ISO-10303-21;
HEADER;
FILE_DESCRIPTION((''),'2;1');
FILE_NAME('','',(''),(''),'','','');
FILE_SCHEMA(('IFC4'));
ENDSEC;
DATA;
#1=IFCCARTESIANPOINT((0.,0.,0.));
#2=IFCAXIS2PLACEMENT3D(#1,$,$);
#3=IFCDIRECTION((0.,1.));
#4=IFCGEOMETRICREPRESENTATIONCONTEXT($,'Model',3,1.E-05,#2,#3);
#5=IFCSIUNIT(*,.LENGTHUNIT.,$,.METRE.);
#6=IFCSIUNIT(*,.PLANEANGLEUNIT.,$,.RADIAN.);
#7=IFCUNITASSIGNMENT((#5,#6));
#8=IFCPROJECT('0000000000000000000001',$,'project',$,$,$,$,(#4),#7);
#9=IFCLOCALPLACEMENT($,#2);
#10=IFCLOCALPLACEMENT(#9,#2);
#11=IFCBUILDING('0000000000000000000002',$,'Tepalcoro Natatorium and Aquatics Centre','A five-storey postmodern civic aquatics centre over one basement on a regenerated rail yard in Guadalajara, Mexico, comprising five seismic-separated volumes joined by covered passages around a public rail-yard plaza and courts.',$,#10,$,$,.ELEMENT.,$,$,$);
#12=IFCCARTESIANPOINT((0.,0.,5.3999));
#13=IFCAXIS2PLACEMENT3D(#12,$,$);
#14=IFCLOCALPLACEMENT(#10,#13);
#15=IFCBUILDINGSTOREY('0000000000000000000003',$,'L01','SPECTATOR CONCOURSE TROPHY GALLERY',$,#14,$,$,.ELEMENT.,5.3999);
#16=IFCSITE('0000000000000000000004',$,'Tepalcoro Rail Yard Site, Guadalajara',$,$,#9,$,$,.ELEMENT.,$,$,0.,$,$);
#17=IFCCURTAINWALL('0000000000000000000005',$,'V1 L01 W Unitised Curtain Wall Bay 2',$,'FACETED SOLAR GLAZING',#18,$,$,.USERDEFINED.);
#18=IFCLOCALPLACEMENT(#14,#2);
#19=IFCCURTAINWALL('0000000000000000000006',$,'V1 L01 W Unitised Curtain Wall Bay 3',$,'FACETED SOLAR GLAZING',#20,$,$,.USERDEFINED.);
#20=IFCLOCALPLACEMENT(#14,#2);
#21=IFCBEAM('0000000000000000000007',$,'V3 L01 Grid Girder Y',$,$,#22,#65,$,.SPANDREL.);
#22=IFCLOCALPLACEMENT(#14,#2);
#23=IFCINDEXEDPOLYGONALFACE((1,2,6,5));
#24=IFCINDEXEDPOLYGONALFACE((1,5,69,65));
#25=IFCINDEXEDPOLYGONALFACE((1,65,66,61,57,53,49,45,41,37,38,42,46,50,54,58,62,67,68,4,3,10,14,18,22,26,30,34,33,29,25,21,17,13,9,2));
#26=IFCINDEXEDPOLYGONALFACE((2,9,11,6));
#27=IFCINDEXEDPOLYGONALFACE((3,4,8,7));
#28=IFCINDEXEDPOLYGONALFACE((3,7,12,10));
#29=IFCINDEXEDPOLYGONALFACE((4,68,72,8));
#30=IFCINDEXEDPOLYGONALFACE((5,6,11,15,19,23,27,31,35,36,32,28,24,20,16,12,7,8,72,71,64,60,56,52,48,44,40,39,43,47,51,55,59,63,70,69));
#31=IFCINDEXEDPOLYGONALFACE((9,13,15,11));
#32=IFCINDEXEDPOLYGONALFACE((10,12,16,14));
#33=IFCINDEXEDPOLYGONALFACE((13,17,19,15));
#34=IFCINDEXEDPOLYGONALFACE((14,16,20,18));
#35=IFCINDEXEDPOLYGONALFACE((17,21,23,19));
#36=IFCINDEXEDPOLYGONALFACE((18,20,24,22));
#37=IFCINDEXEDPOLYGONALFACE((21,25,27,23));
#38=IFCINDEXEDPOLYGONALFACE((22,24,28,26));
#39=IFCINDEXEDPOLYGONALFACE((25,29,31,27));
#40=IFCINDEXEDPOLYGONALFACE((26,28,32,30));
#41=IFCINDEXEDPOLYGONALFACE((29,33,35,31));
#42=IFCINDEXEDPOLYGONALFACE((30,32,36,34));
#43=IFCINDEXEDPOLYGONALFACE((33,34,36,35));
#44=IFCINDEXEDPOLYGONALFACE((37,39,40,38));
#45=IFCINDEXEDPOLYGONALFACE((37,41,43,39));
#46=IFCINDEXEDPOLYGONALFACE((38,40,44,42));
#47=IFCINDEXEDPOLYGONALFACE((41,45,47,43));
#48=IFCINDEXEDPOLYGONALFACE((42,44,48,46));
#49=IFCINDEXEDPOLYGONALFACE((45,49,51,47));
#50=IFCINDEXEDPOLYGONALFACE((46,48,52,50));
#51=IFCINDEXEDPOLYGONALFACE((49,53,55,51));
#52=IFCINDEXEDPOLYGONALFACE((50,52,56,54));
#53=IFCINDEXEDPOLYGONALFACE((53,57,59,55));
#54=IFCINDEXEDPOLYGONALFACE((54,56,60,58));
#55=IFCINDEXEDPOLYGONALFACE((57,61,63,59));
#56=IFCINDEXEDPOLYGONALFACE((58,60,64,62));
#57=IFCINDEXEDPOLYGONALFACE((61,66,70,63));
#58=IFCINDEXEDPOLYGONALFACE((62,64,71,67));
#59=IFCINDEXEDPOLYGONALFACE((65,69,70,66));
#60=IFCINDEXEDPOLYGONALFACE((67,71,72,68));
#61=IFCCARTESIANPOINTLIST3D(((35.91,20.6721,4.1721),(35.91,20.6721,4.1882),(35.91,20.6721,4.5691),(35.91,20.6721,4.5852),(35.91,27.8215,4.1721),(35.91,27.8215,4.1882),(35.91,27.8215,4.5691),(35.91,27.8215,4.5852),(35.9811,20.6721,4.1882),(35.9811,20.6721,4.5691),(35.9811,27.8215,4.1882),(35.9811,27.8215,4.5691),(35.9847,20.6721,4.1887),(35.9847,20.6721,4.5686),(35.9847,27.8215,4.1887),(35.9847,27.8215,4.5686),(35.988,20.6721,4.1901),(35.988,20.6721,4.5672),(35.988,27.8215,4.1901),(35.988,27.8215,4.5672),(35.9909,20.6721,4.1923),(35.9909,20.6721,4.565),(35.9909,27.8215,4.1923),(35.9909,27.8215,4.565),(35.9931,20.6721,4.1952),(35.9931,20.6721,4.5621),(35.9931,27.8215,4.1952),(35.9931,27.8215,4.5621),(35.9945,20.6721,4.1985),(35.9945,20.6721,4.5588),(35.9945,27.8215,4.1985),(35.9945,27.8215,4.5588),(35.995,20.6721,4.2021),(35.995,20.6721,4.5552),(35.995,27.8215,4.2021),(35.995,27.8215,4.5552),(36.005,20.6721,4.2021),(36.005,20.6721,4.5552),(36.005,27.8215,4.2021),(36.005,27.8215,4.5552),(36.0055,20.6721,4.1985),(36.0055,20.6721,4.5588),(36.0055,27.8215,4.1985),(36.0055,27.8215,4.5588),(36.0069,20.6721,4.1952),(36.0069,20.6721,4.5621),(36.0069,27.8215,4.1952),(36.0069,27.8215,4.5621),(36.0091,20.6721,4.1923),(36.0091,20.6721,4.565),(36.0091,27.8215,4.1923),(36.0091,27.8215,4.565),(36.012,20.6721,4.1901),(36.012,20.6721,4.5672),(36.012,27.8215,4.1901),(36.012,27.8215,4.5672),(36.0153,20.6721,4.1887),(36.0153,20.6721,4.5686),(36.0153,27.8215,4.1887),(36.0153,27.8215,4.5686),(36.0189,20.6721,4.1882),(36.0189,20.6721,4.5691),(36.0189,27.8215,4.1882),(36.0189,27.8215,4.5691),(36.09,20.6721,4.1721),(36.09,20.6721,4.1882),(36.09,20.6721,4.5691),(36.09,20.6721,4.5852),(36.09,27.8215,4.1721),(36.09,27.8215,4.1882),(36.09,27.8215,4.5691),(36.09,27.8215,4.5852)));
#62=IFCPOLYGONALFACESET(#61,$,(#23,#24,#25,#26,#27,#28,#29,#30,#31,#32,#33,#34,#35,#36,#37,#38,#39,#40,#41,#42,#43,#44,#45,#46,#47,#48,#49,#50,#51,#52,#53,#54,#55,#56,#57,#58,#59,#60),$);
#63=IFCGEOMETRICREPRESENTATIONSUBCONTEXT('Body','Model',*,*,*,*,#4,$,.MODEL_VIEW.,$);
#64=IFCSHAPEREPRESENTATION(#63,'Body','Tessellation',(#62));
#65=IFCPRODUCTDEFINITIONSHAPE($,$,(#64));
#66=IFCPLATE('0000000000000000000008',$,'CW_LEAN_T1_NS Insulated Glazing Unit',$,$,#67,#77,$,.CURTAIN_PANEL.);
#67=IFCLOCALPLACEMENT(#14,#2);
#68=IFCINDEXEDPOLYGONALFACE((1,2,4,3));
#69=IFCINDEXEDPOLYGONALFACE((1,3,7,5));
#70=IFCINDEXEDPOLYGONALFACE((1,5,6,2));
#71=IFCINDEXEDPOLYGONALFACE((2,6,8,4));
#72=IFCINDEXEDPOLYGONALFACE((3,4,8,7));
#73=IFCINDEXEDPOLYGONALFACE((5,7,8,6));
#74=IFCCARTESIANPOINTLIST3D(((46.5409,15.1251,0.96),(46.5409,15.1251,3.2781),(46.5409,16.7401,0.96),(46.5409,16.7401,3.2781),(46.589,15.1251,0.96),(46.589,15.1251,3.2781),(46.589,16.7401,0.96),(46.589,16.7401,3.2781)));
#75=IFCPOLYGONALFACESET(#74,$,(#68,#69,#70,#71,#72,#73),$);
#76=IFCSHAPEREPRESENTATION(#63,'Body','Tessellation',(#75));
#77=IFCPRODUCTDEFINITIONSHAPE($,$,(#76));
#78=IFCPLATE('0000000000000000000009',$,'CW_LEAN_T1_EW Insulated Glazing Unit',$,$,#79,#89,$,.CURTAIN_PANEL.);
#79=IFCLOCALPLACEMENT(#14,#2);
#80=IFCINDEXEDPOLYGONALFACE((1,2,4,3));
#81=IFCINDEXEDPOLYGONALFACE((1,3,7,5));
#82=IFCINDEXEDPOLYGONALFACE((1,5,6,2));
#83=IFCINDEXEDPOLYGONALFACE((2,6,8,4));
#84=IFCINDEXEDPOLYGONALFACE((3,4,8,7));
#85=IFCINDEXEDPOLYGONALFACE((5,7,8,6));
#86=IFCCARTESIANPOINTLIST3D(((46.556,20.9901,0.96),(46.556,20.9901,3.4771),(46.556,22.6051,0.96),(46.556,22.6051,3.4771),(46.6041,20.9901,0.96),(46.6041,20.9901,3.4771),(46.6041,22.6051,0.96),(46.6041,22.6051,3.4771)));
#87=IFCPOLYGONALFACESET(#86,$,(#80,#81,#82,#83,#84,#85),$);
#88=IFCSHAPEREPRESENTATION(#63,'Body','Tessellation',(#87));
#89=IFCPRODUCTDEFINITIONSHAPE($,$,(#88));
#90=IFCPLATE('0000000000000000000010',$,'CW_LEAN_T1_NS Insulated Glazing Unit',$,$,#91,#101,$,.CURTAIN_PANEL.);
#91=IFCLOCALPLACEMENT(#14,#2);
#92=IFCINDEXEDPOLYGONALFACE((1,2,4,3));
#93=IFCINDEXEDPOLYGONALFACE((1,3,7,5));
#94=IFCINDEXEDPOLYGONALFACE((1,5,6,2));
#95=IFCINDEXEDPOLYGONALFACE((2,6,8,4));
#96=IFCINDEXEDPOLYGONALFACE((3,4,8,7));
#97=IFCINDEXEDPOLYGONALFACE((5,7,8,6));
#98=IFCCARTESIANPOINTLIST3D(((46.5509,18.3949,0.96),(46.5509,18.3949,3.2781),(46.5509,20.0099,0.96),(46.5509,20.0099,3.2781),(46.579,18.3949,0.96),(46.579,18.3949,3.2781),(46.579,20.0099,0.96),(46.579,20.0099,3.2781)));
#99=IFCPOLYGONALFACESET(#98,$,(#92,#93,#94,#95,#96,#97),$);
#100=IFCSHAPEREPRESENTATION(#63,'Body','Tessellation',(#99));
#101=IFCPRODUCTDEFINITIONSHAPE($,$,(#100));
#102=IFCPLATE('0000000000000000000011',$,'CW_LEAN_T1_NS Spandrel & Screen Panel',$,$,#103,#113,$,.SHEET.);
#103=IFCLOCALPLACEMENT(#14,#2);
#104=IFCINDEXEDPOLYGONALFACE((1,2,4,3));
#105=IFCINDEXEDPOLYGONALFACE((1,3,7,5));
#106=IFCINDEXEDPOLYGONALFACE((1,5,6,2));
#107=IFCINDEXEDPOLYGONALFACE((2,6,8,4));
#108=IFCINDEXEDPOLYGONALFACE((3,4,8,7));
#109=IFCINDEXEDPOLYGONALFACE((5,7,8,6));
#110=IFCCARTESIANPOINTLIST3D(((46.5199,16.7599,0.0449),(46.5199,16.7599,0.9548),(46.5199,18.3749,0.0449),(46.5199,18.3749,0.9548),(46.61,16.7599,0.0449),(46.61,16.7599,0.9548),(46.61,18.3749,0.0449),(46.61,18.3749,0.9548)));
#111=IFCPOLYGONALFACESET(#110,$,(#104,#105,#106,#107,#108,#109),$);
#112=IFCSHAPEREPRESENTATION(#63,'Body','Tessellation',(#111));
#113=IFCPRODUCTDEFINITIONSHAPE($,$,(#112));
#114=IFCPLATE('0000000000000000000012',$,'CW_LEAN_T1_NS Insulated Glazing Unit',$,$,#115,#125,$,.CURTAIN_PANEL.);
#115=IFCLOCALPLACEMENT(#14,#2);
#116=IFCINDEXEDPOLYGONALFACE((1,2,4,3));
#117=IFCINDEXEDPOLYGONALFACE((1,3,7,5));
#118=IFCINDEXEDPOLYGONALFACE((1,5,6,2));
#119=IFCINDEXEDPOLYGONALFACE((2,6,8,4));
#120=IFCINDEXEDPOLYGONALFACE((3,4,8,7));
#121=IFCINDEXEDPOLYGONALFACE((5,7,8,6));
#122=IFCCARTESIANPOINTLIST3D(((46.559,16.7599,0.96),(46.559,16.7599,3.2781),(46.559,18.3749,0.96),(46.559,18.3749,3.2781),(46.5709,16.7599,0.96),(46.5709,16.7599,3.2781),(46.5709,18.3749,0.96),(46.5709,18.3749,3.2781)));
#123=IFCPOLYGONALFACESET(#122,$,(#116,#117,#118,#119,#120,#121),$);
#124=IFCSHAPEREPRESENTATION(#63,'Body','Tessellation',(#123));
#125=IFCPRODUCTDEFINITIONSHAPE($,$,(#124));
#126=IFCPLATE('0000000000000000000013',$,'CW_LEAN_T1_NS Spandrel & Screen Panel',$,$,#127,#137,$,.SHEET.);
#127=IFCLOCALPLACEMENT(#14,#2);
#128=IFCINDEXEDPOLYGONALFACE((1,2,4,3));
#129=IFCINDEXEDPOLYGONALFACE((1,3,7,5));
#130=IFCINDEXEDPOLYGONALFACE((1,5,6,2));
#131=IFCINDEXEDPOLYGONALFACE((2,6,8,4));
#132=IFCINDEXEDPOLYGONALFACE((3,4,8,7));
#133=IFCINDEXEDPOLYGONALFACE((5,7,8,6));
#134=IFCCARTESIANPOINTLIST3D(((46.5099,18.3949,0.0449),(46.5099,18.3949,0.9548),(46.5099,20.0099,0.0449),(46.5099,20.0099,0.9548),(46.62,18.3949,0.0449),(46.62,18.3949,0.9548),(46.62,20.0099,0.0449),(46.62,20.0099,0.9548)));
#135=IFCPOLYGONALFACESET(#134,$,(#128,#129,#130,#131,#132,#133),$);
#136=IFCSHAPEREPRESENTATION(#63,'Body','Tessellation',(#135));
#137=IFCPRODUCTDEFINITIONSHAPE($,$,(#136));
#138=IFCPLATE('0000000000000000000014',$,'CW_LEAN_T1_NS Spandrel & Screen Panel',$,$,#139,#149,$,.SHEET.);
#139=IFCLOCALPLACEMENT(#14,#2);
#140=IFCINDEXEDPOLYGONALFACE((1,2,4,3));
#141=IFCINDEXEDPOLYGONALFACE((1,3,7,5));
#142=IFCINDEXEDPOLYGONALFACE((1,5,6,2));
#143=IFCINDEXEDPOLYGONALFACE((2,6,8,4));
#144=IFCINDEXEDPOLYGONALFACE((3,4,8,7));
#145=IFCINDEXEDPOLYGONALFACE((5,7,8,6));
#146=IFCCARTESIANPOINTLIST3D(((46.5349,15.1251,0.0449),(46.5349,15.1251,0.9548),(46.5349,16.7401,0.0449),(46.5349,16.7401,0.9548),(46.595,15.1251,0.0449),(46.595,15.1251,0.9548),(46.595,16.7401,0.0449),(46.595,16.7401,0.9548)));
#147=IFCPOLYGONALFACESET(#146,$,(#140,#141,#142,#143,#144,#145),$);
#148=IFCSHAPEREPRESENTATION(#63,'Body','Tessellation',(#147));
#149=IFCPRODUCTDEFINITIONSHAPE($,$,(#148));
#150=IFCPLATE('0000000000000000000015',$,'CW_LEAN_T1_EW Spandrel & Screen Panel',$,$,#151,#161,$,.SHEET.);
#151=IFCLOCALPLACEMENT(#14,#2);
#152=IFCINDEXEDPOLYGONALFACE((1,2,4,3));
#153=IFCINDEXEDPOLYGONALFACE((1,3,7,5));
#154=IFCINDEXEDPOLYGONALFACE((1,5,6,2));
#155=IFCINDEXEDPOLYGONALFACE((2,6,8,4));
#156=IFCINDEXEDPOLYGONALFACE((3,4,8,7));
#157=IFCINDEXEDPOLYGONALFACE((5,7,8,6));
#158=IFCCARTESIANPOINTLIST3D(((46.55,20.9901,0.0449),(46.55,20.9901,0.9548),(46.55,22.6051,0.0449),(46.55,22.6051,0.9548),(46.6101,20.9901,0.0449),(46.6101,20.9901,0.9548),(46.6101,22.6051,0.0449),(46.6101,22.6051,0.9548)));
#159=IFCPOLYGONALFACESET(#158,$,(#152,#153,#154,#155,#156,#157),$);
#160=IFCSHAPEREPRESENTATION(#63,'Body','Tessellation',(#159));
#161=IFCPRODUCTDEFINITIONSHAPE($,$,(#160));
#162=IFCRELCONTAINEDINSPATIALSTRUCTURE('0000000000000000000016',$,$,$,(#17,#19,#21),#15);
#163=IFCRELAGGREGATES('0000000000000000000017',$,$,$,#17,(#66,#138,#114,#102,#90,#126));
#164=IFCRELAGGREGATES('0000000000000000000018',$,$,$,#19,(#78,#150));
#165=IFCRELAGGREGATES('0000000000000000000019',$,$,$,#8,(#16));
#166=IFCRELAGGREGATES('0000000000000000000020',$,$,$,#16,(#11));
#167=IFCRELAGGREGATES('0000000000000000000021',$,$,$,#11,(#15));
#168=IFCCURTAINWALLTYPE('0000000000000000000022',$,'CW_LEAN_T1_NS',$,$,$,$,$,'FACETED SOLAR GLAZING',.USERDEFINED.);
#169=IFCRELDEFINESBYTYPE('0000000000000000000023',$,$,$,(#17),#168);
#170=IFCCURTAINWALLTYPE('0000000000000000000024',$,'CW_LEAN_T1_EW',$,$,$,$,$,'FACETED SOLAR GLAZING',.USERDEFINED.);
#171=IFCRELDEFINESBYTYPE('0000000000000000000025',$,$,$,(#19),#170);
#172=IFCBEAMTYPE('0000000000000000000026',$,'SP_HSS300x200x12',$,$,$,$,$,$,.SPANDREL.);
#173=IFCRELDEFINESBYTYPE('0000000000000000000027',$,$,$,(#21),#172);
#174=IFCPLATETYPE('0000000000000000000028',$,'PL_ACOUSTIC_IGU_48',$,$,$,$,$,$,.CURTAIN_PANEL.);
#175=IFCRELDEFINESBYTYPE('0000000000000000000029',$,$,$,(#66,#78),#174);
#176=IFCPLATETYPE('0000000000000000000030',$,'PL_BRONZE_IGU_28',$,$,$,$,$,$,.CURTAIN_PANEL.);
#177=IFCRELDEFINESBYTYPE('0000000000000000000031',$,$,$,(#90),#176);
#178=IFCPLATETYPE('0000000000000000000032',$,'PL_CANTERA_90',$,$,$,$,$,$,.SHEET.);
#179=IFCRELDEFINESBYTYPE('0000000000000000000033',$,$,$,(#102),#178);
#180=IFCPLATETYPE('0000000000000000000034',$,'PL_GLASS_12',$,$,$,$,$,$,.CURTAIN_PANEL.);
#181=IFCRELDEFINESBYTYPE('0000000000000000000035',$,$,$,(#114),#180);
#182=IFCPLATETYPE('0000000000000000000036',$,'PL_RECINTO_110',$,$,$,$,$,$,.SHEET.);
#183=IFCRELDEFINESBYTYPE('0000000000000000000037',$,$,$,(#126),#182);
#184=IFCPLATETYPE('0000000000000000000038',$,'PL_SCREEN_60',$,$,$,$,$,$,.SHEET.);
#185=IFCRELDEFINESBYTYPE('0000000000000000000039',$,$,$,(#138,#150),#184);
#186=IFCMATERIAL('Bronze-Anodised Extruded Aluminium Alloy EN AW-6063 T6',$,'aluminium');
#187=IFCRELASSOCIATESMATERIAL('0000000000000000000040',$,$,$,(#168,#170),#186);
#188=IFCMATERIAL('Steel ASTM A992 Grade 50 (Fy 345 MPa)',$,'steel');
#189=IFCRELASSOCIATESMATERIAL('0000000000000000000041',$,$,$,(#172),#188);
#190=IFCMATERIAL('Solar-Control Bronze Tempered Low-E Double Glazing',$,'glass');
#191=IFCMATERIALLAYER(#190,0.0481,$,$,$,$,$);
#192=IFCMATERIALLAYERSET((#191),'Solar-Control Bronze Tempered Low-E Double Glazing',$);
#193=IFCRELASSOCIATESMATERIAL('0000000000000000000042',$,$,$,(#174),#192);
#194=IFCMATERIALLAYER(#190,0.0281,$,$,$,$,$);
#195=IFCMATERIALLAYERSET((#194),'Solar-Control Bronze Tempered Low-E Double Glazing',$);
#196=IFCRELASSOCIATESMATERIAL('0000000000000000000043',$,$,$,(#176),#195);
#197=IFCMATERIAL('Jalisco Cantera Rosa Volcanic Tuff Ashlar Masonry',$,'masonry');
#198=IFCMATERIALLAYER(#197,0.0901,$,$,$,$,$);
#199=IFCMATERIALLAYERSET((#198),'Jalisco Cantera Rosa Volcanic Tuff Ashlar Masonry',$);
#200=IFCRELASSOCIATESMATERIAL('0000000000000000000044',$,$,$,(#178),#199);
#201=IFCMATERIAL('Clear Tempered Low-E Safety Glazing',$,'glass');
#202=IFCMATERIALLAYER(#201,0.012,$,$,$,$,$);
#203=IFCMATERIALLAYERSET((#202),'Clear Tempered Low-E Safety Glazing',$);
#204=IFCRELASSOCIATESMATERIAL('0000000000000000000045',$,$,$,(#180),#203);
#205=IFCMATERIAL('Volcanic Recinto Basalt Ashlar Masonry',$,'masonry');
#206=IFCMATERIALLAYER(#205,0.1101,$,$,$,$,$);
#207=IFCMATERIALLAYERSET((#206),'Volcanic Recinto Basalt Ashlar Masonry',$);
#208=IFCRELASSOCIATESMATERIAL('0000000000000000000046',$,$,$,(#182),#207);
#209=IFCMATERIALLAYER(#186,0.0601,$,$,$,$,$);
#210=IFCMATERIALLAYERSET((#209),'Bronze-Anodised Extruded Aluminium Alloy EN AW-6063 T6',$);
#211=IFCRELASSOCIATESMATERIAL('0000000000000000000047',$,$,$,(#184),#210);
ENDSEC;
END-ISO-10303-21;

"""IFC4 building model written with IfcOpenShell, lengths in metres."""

from ifc_helpers import new_model, si_unit, direction, frame, origin, origin_2d, place, context, subcontext, project, spatial, rectangle, i_section, extrude, material, layer, layer_set, material_profile, profile_set, type_object, element, aggregate, save


model = new_model("IFC4")

# Units and contexts
model_context = context("Model", 3, precision=1e-05, world=origin(), true_north=direction((0.0, 1.0)))
body_context = subcontext(model_context, "Body", "Model", "MODEL_VIEW")
ifc_project = project(units=[si_unit("LENGTHUNIT", "METRE"), si_unit("PLANEANGLEUNIT", "RADIAN")], contexts=[model_context])

# Site, building, storey
site_placement = place(None, origin())
site = spatial("IfcSite", under=ifc_project, at=site_placement, Name="Tepalcoro Rail Yard Site, Guadalajara", CompositionType="ELEMENT", RefElevation=0.0)
building_placement = place(site_placement, origin())
building = spatial("IfcBuilding", under=site, at=building_placement, Name="Tepalcoro Natatorium and Aquatics Centre", Description="A five-storey postmodern civic aquatics centre over one basement on a regenerated rail yard in Guadalajara, Mexico, comprising five seismic-separated volumes joined by covered passages around a public rail-yard plaza and courts.", CompositionType="ELEMENT")
storey_placement = place(building_placement, frame((0.0, 0.0, 5.3999)))
storey = spatial("IfcBuildingStorey", under=building, at=storey_placement, Name="L01", Description="SPECTATOR CONCOURSE TROPHY GALLERY", CompositionType="ELEMENT", Elevation=5.3999)

# Shared definitions
ifc_material_1 = material(Name="Steel ASTM A992 Grade 50 (Fy 345 MPa)", Category="steel")

# Curtain walls
ifc_material_2 = material(Name="Bronze-Anodised Extruded Aluminium Alloy EN AW-6063 T6", Category="aluminium")
curtain_wall_type_1 = type_object("IfcCurtainWallType", Name="CW_LEAN_T1_NS", ElementType="FACETED SOLAR GLAZING", PredefinedType="USERDEFINED", material=ifc_material_2)
curtain_wall_1_placement = place(storey_placement, origin())
curtain_wall_1 = element("IfcCurtainWall", 1, at=curtain_wall_1_placement, inside=storey, type_object=curtain_wall_type_1, Name="V1 L01 W Unitised Curtain Wall Bay 2", ObjectType="FACETED SOLAR GLAZING", PredefinedType="USERDEFINED")
curtain_wall_type_2 = type_object("IfcCurtainWallType", Name="CW_LEAN_T1_EW", ElementType="FACETED SOLAR GLAZING", PredefinedType="USERDEFINED", material=ifc_material_2)
curtain_wall_2_placement = place(storey_placement, origin())
curtain_wall_2 = element("IfcCurtainWall", 2, at=curtain_wall_2_placement, inside=storey, type_object=curtain_wall_type_2, Name="V1 L01 W Unitised Curtain Wall Bay 3", ObjectType="FACETED SOLAR GLAZING", PredefinedType="USERDEFINED")

# Beam
ifc_material_profile_1 = material_profile(ifc_material_1, i_section(OverallWidth=0.1799, OverallDepth=0.4131, WebThickness=0.01, FlangeThickness=0.0161, FilletRadius=0.0139, at=origin_2d()), Name="W16X50")
ifc_profile_set_1 = profile_set([ifc_material_profile_1], Name="Steel ASTM A992 Grade 50 (Fy 345 MPa)")
beam_type_1 = type_object("IfcBeamType", Name="SP_HSS300x200x12", PredefinedType="SPANDREL", material=ifc_profile_set_1)
beam_1_placement = place(storey_placement, frame((36.0, 20.6721, 4.3787), z_axis=(0.0, 1.0, 0.0), x_axis=(-1.0, 0.0, 0.0)))
element("IfcBeam", 3, at=beam_1_placement, inside=storey, type_object=beam_type_1, Name="V3 L01 Grid Girder Y", PredefinedType="SPANDREL", context=body_context, shape_type="SweptSolid", body=[
    extrude(i_section(OverallWidth=0.1799, OverallDepth=0.4131, WebThickness=0.01, FlangeThickness=0.0161, FilletRadius=0.0139, at=origin_2d()), origin(), (0.0, 0.0, 1.0), 7.1494),
])

# Plates
ifc_material_3 = material(Name="Solar-Control Bronze Tempered Low-E Double Glazing", Category="glass")
ifc_layer_1 = layer(ifc_material_3, 0.0481)
ifc_layer_set_1 = layer_set([ifc_layer_1], Name="Solar-Control Bronze Tempered Low-E Double Glazing")
plate_type_1 = type_object("IfcPlateType", Name="PL_ACOUSTIC_IGU_48", PredefinedType="CURTAIN_PANEL", material=ifc_layer_set_1)
plate_1_placement = place(storey_placement, frame((46.5649, 15.9326, 0.96), z_axis=(0.0, 0.0, 1.0), x_axis=(1.0, 0.0, 0.0)))
plate_1 = element("IfcPlate", 4, at=plate_1_placement, type_object=plate_type_1, Name="CW_LEAN_T1_NS Insulated Glazing Unit", PredefinedType="CURTAIN_PANEL", context=body_context, shape_type="SweptSolid", body=[
    extrude(rectangle(XDim=0.0481, YDim=1.615, at=origin_2d()), origin(), (0.0, 0.0, 1.0), 2.3181),
])
plate_2_placement = place(storey_placement, frame((46.5801, 21.7976, 0.96), z_axis=(0.0, 0.0, 1.0), x_axis=(1.0, 0.0, 0.0)))
plate_2 = element("IfcPlate", 5, at=plate_2_placement, type_object=plate_type_1, Name="CW_LEAN_T1_EW Insulated Glazing Unit", PredefinedType="CURTAIN_PANEL", context=body_context, shape_type="SweptSolid", body=[
    extrude(rectangle(XDim=0.0481, YDim=1.615, at=origin_2d()), origin(), (0.0, 0.0, 1.0), 2.5171),
])
ifc_layer_2 = layer(ifc_material_3, 0.0281)
ifc_layer_set_2 = layer_set([ifc_layer_2], Name="Solar-Control Bronze Tempered Low-E Double Glazing")
plate_type_2 = type_object("IfcPlateType", Name="PL_BRONZE_IGU_28", PredefinedType="CURTAIN_PANEL", material=ifc_layer_set_2)
plate_3_placement = place(storey_placement, frame((46.5649, 19.2024, 0.96), z_axis=(0.0, 0.0, 1.0), x_axis=(1.0, 0.0, 0.0)))
plate_3 = element("IfcPlate", 6, at=plate_3_placement, type_object=plate_type_2, Name="CW_LEAN_T1_NS Insulated Glazing Unit", PredefinedType="CURTAIN_PANEL", context=body_context, shape_type="SweptSolid", body=[
    extrude(rectangle(XDim=0.0281, YDim=1.615, at=origin_2d()), origin(), (0.0, 0.0, 1.0), 2.3181),
])
ifc_material_4 = material(Name="Jalisco Cantera Rosa Volcanic Tuff Ashlar Masonry", Category="masonry")
ifc_layer_3 = layer(ifc_material_4, 0.0901)
ifc_layer_set_3 = layer_set([ifc_layer_3], Name="Jalisco Cantera Rosa Volcanic Tuff Ashlar Masonry")
plate_type_3 = type_object("IfcPlateType", Name="PL_CANTERA_90", PredefinedType="SHEET", material=ifc_layer_set_3)
plate_4_placement = place(storey_placement, frame((46.5649, 17.5674, 0.0449), z_axis=(0.0, 0.0, 1.0), x_axis=(1.0, 0.0, 0.0)))
plate_4 = element("IfcPlate", 7, at=plate_4_placement, type_object=plate_type_3, Name="CW_LEAN_T1_NS Spandrel & Screen Panel", PredefinedType="SHEET", context=body_context, shape_type="SweptSolid", body=[
    extrude(rectangle(XDim=0.0901, YDim=1.615, at=origin_2d()), origin(), (0.0, 0.0, 1.0), 0.9099),
])
ifc_material_5 = material(Name="Clear Tempered Low-E Safety Glazing", Category="glass")
ifc_layer_4 = layer(ifc_material_5, 0.012)
ifc_layer_set_4 = layer_set([ifc_layer_4], Name="Clear Tempered Low-E Safety Glazing")
plate_type_4 = type_object("IfcPlateType", Name="PL_GLASS_12", PredefinedType="CURTAIN_PANEL", material=ifc_layer_set_4)
plate_5_placement = place(storey_placement, frame((46.5649, 17.5674, 0.96), z_axis=(0.0, 0.0, 1.0), x_axis=(1.0, 0.0, 0.0)))
plate_5 = element("IfcPlate", 8, at=plate_5_placement, type_object=plate_type_4, Name="CW_LEAN_T1_NS Insulated Glazing Unit", PredefinedType="CURTAIN_PANEL", context=body_context, shape_type="SweptSolid", body=[
    extrude(rectangle(XDim=0.012, YDim=1.615, at=origin_2d()), origin(), (0.0, 0.0, 1.0), 2.3181),
])
ifc_material_6 = material(Name="Volcanic Recinto Basalt Ashlar Masonry", Category="masonry")
ifc_layer_5 = layer(ifc_material_6, 0.1101)
ifc_layer_set_5 = layer_set([ifc_layer_5], Name="Volcanic Recinto Basalt Ashlar Masonry")
plate_type_5 = type_object("IfcPlateType", Name="PL_RECINTO_110", PredefinedType="SHEET", material=ifc_layer_set_5)
plate_6_placement = place(storey_placement, frame((46.5649, 19.2024, 0.0449), z_axis=(0.0, 0.0, 1.0), x_axis=(1.0, 0.0, 0.0)))
plate_6 = element("IfcPlate", 9, at=plate_6_placement, type_object=plate_type_5, Name="CW_LEAN_T1_NS Spandrel & Screen Panel", PredefinedType="SHEET", context=body_context, shape_type="SweptSolid", body=[
    extrude(rectangle(XDim=0.1101, YDim=1.615, at=origin_2d()), origin(), (0.0, 0.0, 1.0), 0.9099),
])
ifc_layer_6 = layer(ifc_material_2, 0.0601)
ifc_layer_set_6 = layer_set([ifc_layer_6], Name="Bronze-Anodised Extruded Aluminium Alloy EN AW-6063 T6")
plate_type_6 = type_object("IfcPlateType", Name="PL_SCREEN_60", PredefinedType="SHEET", material=ifc_layer_set_6)
plate_7_placement = place(storey_placement, frame((46.5649, 15.9326, 0.0449), z_axis=(0.0, 0.0, 1.0), x_axis=(1.0, 0.0, 0.0)))
plate_7 = element("IfcPlate", 10, at=plate_7_placement, type_object=plate_type_6, Name="CW_LEAN_T1_NS Spandrel & Screen Panel", PredefinedType="SHEET", context=body_context, shape_type="SweptSolid", body=[
    extrude(rectangle(XDim=0.0601, YDim=1.615, at=origin_2d()), origin(), (0.0, 0.0, 1.0), 0.9099),
])
aggregate(curtain_wall_1, [plate_1, plate_7, plate_5, plate_4, plate_3, plate_6])
plate_8_placement = place(storey_placement, frame((46.5801, 21.7976, 0.0449), z_axis=(0.0, 0.0, 1.0), x_axis=(1.0, 0.0, 0.0)))
plate_8 = element("IfcPlate", 11, at=plate_8_placement, type_object=plate_type_6, Name="CW_LEAN_T1_EW Spandrel & Screen Panel", PredefinedType="SHEET", context=body_context, shape_type="SweptSolid", body=[
    extrude(rectangle(XDim=0.0601, YDim=1.615, at=origin_2d()), origin(), (0.0, 0.0, 1.0), 0.9099),
])
aggregate(curtain_wall_2, [plate_2, plate_8])

save(model, "model.ifc")
